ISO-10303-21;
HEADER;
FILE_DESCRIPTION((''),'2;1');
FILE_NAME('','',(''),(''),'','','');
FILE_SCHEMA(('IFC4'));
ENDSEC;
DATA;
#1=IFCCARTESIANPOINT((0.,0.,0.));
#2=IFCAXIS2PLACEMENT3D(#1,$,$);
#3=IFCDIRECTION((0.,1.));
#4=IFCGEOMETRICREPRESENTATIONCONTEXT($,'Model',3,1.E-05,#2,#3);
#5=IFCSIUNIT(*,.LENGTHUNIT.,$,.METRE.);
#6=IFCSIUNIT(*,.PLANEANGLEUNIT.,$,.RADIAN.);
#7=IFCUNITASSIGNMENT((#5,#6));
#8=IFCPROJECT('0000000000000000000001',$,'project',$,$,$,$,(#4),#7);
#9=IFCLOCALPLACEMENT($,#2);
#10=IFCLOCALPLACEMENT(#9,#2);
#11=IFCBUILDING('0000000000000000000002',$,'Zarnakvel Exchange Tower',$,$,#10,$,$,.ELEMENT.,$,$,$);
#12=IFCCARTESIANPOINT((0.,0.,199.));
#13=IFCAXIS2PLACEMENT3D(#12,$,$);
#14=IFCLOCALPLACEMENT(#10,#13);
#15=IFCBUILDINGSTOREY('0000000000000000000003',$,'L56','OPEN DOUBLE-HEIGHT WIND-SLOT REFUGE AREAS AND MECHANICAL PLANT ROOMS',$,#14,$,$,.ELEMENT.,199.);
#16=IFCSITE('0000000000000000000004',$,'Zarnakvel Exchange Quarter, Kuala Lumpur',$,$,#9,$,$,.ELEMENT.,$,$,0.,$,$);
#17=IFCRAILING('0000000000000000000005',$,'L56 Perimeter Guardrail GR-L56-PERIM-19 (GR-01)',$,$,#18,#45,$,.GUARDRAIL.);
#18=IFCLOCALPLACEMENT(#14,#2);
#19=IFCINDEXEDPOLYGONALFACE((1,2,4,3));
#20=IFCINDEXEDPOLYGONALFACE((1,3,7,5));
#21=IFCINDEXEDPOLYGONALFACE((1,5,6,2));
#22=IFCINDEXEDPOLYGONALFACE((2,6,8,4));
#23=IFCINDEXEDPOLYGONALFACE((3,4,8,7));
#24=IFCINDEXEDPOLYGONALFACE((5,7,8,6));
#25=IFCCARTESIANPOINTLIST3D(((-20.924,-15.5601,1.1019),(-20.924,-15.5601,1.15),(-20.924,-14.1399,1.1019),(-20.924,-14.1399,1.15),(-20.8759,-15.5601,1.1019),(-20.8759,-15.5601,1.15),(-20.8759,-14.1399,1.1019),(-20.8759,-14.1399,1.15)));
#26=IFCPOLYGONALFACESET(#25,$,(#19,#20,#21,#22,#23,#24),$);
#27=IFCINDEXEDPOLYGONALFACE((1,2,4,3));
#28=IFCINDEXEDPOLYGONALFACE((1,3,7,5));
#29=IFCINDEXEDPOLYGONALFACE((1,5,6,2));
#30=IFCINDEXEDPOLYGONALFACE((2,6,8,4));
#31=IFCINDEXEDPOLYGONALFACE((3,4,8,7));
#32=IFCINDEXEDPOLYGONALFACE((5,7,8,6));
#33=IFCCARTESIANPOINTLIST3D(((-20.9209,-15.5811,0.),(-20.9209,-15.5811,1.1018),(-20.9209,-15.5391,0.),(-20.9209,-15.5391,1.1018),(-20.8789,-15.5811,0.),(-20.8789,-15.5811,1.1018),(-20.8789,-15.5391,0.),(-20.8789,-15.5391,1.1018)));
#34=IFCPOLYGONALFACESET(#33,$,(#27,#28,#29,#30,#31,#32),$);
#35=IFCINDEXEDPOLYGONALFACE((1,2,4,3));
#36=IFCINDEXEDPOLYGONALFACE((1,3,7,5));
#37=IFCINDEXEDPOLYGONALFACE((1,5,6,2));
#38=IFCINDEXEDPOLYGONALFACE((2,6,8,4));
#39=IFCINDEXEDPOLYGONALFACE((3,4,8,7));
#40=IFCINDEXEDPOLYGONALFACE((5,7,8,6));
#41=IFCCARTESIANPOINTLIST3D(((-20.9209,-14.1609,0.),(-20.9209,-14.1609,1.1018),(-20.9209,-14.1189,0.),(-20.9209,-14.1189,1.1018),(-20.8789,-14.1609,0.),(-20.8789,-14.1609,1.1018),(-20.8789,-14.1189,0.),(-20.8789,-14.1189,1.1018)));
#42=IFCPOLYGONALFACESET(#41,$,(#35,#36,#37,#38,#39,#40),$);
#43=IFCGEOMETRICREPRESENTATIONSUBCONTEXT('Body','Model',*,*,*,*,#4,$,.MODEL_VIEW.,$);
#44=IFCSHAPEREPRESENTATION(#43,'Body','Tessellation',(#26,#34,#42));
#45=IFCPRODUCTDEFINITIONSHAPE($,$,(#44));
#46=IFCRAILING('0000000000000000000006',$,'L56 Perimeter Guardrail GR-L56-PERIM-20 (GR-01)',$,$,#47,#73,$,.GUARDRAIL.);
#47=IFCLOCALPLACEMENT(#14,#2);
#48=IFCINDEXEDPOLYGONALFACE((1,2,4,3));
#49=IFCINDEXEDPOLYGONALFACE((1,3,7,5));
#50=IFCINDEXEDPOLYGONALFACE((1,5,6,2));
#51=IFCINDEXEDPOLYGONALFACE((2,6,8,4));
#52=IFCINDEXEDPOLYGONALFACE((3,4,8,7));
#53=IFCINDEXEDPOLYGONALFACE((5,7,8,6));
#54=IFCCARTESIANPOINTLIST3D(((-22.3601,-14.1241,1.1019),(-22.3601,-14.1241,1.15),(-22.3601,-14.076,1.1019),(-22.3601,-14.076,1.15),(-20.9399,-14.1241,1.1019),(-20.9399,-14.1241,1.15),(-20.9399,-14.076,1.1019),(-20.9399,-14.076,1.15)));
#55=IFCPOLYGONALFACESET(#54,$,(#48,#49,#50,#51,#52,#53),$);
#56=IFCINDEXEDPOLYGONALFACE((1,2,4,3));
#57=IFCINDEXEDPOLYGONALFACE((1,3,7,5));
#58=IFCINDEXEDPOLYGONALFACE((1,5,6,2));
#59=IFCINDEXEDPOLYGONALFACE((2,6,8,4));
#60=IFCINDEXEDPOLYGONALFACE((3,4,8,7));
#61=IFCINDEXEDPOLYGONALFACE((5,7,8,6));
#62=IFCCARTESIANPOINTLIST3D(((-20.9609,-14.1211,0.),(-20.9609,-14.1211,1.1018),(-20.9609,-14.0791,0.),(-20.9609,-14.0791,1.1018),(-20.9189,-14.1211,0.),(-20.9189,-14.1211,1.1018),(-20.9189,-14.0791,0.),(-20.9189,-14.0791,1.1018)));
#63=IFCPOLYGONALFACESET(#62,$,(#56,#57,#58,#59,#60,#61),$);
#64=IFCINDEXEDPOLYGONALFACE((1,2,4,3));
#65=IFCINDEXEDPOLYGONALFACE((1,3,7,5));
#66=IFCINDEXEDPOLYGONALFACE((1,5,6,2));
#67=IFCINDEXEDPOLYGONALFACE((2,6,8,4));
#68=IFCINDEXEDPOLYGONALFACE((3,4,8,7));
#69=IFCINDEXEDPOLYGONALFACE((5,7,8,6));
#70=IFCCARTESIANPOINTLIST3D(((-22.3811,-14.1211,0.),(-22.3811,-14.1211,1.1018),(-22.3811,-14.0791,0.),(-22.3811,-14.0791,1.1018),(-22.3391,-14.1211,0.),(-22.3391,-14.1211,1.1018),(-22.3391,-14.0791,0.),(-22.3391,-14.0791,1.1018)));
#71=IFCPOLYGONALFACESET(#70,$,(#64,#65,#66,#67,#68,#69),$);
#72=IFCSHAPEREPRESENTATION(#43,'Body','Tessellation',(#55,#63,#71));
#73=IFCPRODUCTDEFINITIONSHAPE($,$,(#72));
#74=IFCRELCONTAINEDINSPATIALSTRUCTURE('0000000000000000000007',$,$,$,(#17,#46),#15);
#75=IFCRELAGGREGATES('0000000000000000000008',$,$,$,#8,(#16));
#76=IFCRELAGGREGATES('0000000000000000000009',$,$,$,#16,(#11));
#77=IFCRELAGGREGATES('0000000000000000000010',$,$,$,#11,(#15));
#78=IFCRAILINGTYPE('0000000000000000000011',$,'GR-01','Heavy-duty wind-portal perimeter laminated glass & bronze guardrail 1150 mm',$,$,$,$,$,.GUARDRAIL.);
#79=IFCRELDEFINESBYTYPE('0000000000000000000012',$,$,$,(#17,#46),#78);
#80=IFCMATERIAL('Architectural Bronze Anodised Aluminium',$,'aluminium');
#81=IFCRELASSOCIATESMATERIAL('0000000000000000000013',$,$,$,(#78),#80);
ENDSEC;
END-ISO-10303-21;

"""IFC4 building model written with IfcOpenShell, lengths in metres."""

from ifc_helpers import new_model, si_unit, direction, frame, origin, origin_2d, place, context, subcontext, project, spatial, rectangle, extrude, material, type_object, element, save


model = new_model("IFC4")

# Units and contexts
model_context = context("Model", 3, precision=1e-05, world=origin(), true_north=direction((0.0, 1.0)))
body_context = subcontext(model_context, "Body", "Model", "MODEL_VIEW")
ifc_project = project(units=[si_unit("LENGTHUNIT", "METRE"), si_unit("PLANEANGLEUNIT", "RADIAN")], contexts=[model_context])

# Site, building, storey
site_placement = place(None, origin())
site = spatial("IfcSite", under=ifc_project, at=site_placement, Name="Zarnakvel Exchange Quarter, Kuala Lumpur", CompositionType="ELEMENT", RefElevation=0.0)
building_placement = place(site_placement, origin())
building = spatial("IfcBuilding", under=site, at=building_placement, Name="Zarnakvel Exchange Tower", CompositionType="ELEMENT")
storey_placement = place(building_placement, frame((0.0, 0.0, 199.0)))
storey = spatial("IfcBuildingStorey", under=building, at=storey_placement, Name="L56", Description="OPEN DOUBLE-HEIGHT WIND-SLOT REFUGE AREAS AND MECHANICAL PLANT ROOMS", CompositionType="ELEMENT", Elevation=199.0)

# Railings
ifc_material_1 = material(Name="Architectural Bronze Anodised Aluminium", Category="aluminium")
railing_type = type_object("IfcRailingType", Name="GR-01", Description="Heavy-duty wind-portal perimeter laminated glass & bronze guardrail 1150 mm", PredefinedType="GUARDRAIL", material=ifc_material_1)
railing_1_placement = place(storey_placement, frame((-20.8999, -15.5601, 0.0)))
element("IfcRailing", 1, at=railing_1_placement, inside=storey, type_object=railing_type, Name="L56 Perimeter Guardrail GR-L56-PERIM-19 (GR-01)", PredefinedType="GUARDRAIL", context=body_context, shape_type="SweptSolid", body=[
    extrude(rectangle(XDim=0.0481, YDim=0.0481, at=origin_2d()), frame((0.0, 0.0, 1.126), z_axis=(0.0, 1.0, 0.0), x_axis=(-1.0, 0.0, 0.0)), (0.0, 0.0, 1.0), 1.4202),
    extrude(rectangle(XDim=0.042, YDim=0.042, at=origin_2d()), origin(), (0.0, 0.0, 1.0), 1.1018),
    extrude(rectangle(XDim=0.042, YDim=0.042, at=origin_2d()), frame((0.0, 1.4202, 0.0)), (0.0, 0.0, 1.0), 1.1018),
])
railing_2_placement = place(storey_placement, frame((-20.9399, -14.1001, 0.0)))
element("IfcRailing", 2, at=railing_2_placement, inside=storey, type_object=railing_type, Name="L56 Perimeter Guardrail GR-L56-PERIM-20 (GR-01)", PredefinedType="GUARDRAIL", context=body_context, shape_type="SweptSolid", body=[
    extrude(rectangle(XDim=0.0481, YDim=0.0481, at=origin_2d()), frame((0.0, 0.0, 1.126), z_axis=(-1.0, 0.0, 0.0), x_axis=(0.0, -1.0, 0.0)), (0.0, 0.0, 1.0), 1.4202),
    extrude(rectangle(XDim=0.042, YDim=0.042, at=origin_2d()), origin(), (0.0, 0.0, 1.0), 1.1018),
    extrude(rectangle(XDim=0.042, YDim=0.042, at=origin_2d()), frame((-1.4202, 0.0, 0.0)), (0.0, 0.0, 1.0), 1.1018),
])

save(model, "model.ifc")
